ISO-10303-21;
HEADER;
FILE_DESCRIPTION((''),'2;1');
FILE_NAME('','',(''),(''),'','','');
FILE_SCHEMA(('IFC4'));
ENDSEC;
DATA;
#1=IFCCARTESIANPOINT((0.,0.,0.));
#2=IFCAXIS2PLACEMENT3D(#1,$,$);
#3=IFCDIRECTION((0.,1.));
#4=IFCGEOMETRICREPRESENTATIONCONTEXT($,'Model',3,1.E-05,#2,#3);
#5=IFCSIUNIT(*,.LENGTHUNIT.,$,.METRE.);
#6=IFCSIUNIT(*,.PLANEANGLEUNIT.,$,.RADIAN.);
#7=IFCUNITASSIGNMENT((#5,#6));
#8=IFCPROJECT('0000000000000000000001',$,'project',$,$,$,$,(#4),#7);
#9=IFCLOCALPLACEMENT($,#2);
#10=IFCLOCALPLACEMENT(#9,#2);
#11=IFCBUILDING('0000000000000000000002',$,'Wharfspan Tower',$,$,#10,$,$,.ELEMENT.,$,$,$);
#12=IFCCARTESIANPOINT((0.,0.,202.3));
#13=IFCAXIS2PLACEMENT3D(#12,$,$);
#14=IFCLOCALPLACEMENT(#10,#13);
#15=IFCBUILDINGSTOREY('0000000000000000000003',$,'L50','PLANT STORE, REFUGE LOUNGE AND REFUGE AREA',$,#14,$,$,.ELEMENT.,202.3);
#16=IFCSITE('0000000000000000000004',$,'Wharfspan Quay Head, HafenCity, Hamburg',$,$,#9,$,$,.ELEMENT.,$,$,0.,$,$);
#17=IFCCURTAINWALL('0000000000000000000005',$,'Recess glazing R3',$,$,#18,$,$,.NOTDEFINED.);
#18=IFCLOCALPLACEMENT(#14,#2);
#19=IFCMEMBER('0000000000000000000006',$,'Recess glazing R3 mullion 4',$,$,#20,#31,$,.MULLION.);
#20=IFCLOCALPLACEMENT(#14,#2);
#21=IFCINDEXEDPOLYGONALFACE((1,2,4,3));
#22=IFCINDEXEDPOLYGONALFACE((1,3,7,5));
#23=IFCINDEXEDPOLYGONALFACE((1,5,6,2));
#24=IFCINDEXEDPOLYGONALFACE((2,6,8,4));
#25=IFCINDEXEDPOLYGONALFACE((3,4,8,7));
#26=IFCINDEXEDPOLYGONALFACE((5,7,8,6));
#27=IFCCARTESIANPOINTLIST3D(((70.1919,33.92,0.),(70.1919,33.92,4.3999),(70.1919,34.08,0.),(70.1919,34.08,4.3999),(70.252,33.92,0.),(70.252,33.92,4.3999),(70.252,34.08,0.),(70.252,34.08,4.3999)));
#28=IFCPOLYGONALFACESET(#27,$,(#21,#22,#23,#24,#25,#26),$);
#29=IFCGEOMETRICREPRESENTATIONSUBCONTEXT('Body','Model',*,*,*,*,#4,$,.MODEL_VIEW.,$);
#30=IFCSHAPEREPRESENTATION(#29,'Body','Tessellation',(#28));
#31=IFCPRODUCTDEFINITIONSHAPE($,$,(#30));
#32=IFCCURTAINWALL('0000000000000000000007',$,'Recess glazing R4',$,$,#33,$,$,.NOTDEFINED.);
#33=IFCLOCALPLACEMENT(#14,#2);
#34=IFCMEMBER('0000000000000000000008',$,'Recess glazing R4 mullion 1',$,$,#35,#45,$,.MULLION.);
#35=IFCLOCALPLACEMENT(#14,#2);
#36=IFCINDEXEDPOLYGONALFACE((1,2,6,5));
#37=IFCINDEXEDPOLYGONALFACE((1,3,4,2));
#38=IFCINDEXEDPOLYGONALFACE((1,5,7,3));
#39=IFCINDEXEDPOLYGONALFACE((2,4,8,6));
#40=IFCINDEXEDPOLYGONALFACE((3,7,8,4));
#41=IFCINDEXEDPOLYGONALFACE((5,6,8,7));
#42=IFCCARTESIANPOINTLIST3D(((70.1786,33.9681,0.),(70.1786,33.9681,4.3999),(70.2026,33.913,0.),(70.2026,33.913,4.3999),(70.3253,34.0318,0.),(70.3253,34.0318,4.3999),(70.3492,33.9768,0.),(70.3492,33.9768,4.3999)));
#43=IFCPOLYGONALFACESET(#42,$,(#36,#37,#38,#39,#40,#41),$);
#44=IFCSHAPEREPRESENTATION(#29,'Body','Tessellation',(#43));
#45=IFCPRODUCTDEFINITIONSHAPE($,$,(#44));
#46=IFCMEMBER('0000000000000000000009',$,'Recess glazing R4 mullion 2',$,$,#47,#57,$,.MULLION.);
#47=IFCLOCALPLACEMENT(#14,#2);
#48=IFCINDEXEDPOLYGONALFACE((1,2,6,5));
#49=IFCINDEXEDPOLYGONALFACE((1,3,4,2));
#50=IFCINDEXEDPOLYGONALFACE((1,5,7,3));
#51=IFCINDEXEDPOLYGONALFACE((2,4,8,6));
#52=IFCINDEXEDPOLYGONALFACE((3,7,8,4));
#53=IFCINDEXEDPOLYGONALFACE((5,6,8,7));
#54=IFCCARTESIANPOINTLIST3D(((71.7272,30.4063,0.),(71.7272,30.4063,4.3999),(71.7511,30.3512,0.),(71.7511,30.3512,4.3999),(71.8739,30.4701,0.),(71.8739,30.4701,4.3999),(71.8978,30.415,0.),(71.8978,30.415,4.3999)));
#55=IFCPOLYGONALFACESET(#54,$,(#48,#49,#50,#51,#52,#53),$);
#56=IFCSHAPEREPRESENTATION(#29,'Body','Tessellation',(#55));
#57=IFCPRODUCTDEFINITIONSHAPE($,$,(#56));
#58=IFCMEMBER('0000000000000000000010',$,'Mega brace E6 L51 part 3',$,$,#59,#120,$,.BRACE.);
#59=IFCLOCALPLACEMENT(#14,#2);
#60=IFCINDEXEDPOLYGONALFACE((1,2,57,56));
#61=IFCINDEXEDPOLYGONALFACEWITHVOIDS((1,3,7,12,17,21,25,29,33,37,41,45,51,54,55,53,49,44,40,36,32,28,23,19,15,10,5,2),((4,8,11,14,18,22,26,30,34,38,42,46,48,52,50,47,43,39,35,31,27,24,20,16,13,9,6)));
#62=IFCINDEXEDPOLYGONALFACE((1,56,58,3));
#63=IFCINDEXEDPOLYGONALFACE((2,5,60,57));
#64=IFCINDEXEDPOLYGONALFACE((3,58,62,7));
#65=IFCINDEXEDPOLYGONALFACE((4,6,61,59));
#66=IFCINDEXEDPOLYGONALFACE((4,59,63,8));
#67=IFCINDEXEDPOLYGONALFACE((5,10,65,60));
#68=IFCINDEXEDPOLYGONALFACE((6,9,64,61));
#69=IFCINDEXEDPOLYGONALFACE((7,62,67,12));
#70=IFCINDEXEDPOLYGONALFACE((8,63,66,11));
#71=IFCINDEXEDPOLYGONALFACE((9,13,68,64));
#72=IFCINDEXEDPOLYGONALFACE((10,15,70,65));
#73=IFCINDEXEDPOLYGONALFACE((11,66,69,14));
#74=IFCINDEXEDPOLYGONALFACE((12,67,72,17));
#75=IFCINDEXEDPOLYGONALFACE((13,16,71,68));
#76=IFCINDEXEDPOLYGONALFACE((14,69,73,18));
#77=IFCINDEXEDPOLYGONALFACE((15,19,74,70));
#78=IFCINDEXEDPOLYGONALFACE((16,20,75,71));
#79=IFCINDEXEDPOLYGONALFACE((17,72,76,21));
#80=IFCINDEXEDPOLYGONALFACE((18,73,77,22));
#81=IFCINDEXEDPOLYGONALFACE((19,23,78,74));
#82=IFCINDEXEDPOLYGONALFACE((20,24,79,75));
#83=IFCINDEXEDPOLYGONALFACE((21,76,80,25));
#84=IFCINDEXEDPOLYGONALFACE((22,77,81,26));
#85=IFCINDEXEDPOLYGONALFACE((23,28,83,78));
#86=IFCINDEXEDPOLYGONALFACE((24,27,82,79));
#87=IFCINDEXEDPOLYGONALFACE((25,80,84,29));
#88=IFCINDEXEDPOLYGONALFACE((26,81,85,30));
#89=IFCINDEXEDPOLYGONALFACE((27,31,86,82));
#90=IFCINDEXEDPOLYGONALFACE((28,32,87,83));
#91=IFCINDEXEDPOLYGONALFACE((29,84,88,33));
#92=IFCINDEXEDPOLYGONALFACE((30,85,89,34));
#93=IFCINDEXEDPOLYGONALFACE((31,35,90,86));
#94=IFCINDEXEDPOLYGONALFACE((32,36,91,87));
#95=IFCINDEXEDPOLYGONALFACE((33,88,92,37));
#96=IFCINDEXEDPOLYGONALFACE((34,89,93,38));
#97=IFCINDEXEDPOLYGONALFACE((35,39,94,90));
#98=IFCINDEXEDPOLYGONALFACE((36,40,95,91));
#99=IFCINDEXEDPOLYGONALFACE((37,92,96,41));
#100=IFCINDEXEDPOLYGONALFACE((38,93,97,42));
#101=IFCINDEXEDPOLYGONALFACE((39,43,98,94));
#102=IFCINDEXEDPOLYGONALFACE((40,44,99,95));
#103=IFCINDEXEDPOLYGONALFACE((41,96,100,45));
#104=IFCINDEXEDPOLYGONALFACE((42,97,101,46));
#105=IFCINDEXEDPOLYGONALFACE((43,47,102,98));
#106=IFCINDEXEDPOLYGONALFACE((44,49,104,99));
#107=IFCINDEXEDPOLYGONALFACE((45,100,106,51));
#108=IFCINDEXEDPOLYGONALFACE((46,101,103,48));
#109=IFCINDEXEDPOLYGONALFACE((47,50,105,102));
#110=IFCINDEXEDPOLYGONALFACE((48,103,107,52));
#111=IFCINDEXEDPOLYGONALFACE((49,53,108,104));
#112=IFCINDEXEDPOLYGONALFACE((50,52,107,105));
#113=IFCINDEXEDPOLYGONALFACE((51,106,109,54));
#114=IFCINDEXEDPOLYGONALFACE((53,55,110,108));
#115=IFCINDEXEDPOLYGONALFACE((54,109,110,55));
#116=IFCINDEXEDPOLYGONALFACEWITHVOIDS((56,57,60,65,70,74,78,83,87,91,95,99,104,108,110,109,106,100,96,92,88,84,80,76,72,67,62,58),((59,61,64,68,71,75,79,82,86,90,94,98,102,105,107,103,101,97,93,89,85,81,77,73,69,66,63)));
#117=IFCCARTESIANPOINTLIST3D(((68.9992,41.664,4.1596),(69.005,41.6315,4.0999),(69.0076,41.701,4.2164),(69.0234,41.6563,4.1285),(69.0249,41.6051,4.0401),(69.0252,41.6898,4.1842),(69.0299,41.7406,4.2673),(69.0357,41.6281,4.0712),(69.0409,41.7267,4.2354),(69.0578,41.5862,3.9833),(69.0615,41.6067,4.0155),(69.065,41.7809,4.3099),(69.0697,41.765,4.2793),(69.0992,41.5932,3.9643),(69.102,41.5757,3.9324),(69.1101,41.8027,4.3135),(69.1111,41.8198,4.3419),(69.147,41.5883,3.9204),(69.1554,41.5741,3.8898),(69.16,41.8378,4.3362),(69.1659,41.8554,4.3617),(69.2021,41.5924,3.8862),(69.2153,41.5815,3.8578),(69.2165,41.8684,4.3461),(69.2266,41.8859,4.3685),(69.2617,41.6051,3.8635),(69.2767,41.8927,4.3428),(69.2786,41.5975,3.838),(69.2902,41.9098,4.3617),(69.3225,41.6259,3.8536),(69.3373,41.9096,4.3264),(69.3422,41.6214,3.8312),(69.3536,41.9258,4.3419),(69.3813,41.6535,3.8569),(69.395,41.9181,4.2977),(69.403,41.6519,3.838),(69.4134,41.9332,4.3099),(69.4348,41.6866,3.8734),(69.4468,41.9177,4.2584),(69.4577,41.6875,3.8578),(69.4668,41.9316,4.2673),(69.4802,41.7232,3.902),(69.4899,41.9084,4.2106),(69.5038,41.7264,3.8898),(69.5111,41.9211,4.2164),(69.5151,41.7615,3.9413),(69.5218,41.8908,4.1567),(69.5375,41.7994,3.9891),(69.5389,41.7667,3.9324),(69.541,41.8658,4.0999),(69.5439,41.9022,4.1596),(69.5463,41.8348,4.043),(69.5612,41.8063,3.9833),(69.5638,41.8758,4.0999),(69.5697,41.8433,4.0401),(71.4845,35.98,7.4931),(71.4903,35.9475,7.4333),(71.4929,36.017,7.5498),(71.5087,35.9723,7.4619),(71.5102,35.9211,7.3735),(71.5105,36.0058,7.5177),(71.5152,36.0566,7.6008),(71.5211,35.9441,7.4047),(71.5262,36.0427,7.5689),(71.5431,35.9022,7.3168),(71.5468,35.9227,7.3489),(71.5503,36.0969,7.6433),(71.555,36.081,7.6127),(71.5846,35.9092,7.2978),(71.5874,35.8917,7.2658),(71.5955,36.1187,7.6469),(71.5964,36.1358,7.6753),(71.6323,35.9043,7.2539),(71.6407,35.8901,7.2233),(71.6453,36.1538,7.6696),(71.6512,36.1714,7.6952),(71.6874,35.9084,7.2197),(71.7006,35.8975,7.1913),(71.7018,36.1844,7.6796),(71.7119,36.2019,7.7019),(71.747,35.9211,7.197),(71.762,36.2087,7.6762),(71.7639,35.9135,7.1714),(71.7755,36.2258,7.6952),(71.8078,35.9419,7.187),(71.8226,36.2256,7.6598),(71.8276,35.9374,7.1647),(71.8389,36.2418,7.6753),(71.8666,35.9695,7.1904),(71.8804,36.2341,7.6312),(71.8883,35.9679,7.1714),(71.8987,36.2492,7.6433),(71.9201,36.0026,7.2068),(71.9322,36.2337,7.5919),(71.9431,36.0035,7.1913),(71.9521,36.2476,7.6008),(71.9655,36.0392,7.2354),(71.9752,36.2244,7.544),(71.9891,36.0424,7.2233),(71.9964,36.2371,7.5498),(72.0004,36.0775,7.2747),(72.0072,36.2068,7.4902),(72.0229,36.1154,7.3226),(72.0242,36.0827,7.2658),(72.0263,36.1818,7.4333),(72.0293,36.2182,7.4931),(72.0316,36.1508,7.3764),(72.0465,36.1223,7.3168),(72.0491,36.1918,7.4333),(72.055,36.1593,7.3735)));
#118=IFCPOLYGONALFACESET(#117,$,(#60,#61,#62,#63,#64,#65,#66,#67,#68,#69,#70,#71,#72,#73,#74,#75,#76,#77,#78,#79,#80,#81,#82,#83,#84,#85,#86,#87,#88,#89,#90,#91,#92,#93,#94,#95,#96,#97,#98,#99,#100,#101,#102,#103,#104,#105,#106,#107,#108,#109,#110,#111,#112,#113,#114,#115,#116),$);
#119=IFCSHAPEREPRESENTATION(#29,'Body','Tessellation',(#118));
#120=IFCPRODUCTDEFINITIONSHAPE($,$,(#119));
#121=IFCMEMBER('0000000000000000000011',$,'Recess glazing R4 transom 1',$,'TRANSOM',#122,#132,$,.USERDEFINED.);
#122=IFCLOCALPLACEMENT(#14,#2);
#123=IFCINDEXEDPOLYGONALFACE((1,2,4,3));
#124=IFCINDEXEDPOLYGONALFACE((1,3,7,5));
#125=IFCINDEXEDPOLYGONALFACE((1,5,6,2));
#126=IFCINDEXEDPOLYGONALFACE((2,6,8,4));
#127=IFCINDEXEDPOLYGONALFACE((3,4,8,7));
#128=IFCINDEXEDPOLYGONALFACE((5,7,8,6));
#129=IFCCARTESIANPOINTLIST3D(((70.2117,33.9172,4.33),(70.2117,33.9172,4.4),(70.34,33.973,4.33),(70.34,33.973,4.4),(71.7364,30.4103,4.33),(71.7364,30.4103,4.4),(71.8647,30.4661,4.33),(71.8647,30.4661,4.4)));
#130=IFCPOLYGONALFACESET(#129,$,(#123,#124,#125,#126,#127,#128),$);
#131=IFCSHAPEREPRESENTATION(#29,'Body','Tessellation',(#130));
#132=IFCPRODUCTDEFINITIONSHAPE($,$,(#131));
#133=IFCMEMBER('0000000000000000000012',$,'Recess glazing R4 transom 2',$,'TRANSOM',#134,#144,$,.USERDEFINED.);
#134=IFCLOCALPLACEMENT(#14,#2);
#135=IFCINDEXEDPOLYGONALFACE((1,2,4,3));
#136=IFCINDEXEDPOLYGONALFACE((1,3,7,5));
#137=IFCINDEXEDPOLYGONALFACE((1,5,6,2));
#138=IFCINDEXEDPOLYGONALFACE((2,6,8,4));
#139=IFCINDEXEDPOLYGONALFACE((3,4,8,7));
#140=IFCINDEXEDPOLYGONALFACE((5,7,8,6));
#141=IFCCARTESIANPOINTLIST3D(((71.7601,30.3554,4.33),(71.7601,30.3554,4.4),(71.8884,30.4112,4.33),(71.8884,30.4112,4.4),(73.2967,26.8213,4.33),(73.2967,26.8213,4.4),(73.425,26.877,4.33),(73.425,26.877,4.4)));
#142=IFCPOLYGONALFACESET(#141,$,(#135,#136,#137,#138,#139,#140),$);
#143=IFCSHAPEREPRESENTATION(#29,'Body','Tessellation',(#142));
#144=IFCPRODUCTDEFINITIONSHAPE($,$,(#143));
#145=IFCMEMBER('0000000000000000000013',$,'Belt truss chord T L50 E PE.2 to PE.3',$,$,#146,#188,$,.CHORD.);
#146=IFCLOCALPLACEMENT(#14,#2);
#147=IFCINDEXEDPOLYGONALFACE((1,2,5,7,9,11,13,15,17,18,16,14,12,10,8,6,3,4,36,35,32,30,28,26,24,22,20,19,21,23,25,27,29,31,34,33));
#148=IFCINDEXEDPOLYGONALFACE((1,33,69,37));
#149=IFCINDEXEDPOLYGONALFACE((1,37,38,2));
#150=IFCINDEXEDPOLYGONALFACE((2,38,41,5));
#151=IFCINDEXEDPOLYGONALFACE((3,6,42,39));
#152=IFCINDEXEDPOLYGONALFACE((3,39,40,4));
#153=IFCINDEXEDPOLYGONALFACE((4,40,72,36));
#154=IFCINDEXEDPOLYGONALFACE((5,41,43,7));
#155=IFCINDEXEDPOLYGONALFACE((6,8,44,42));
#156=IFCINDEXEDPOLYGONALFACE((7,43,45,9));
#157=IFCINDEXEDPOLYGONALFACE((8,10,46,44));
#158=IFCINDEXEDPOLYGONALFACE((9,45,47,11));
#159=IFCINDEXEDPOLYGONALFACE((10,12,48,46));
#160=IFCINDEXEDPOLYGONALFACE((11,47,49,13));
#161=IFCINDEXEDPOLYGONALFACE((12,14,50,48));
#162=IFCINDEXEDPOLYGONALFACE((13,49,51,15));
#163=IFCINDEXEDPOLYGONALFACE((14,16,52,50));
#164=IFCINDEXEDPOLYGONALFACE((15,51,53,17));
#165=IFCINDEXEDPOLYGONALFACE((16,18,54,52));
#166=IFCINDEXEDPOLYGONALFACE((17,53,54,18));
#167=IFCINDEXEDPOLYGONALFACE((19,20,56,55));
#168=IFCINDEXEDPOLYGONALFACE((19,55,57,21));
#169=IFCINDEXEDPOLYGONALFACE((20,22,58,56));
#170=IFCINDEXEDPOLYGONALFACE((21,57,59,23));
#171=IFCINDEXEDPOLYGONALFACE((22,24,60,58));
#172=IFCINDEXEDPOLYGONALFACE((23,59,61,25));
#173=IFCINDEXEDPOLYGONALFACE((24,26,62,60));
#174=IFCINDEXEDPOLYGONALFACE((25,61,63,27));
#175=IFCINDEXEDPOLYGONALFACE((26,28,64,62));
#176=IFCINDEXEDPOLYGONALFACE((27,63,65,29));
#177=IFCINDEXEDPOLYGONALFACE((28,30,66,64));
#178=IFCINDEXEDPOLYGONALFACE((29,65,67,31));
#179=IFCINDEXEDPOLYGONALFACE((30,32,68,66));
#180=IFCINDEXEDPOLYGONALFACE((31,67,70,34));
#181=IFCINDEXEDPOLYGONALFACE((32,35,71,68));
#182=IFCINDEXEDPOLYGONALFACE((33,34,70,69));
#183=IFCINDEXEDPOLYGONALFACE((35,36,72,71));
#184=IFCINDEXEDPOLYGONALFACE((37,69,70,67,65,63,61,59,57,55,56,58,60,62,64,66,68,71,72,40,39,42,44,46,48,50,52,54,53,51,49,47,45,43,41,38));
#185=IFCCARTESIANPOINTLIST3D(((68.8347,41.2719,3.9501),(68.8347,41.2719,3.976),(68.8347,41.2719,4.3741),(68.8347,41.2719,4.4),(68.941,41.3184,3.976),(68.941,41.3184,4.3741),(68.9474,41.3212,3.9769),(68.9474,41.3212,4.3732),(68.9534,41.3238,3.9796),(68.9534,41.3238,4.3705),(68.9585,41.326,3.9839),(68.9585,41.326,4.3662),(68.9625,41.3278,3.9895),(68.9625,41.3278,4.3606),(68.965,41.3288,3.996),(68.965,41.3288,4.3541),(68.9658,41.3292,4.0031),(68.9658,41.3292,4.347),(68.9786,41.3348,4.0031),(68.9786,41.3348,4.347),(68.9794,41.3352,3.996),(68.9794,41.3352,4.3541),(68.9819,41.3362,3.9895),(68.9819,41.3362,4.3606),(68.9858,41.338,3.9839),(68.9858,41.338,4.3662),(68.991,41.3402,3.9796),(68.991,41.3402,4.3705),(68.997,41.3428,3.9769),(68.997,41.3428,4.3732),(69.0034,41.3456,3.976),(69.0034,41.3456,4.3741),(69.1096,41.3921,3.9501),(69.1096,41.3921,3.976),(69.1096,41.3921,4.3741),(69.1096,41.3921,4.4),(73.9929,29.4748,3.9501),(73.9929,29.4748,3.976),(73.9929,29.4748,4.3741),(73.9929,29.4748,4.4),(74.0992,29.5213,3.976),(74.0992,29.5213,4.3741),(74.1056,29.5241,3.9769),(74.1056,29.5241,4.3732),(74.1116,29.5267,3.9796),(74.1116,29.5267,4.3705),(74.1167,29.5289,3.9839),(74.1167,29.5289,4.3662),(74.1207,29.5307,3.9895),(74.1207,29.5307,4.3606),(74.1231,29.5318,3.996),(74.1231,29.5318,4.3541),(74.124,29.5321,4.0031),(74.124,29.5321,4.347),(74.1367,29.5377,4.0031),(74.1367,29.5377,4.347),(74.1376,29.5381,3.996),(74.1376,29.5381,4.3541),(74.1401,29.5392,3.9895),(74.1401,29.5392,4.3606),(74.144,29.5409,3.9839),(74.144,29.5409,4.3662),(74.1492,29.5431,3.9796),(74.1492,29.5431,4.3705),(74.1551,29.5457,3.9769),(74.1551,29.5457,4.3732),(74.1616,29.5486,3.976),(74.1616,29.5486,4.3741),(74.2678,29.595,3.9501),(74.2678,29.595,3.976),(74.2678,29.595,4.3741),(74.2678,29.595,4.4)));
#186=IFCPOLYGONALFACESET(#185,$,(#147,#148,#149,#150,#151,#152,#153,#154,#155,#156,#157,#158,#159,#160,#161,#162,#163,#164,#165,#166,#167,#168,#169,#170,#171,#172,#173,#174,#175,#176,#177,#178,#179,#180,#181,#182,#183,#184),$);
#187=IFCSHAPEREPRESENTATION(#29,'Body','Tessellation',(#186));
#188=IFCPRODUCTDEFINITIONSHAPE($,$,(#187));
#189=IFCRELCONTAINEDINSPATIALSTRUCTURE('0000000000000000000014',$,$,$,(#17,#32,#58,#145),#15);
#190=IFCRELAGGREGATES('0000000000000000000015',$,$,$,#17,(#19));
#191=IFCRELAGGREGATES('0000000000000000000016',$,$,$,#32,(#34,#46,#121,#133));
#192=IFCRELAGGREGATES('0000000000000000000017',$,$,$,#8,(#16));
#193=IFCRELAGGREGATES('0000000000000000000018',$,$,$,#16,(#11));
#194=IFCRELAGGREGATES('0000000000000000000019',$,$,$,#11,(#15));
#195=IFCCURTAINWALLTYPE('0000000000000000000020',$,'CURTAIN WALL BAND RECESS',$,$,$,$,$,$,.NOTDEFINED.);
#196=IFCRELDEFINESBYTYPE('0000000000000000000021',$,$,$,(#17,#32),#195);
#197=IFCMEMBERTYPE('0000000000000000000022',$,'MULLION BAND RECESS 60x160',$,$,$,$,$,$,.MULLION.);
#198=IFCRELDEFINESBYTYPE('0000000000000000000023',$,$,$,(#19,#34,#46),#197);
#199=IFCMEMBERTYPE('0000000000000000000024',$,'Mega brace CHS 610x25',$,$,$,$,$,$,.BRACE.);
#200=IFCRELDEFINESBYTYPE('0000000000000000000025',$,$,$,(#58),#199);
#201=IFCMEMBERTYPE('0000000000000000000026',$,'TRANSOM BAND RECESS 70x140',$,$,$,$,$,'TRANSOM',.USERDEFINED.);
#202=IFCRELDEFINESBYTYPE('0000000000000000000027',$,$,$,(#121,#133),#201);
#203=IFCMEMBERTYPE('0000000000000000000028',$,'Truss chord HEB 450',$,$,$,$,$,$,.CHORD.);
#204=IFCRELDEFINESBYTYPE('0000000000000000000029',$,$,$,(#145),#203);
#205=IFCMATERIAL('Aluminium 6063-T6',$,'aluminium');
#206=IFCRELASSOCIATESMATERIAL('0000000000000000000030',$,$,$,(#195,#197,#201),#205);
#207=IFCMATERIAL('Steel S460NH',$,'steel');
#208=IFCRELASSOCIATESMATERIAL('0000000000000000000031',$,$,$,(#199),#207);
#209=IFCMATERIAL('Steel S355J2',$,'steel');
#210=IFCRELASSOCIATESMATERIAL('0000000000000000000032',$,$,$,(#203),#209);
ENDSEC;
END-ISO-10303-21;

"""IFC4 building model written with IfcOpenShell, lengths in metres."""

from ifc_helpers import new_model, si_unit, direction, frame, origin, origin_2d, place, context, subcontext, project, spatial, rectangle, hollow_circle, i_section, extrude, material, material_profile, profile_set, type_object, element, aggregate, save


model = new_model("IFC4")

# Units and contexts
model_context = context("Model", 3, precision=1e-05, world=origin(), true_north=direction((0.0, 1.0)))
body_context = subcontext(model_context, "Body", "Model", "MODEL_VIEW")
ifc_project = project(units=[si_unit("LENGTHUNIT", "METRE"), si_unit("PLANEANGLEUNIT", "RADIAN")], contexts=[model_context])

# Site, building, storey
site_placement = place(None, origin())
site = spatial("IfcSite", under=ifc_project, at=site_placement, Name="Wharfspan Quay Head, HafenCity, Hamburg", CompositionType="ELEMENT", RefElevation=0.0)
building_placement = place(site_placement, origin())
building = spatial("IfcBuilding", under=site, at=building_placement, Name="Wharfspan Tower", CompositionType="ELEMENT")
storey_placement = place(building_placement, frame((0.0, 0.0, 202.3)))
storey = spatial("IfcBuildingStorey", under=building, at=storey_placement, Name="L50", Description="PLANT STORE, REFUGE LOUNGE AND REFUGE AREA", CompositionType="ELEMENT", Elevation=202.3)

# Curtain wall, member
ifc_material_1 = material(Name="Aluminium 6063-T6", Category="aluminium")
curtain_wall_type = type_object("IfcCurtainWallType", Name="CURTAIN WALL BAND RECESS", PredefinedType="NOTDEFINED", material=ifc_material_1)
curtain_wall_1_placement = place(storey_placement, origin())
curtain_wall_1 = element("IfcCurtainWall", 1, at=curtain_wall_1_placement, inside=storey, type_object=curtain_wall_type, Name="Recess glazing R3", PredefinedType="NOTDEFINED")
ifc_material_profile_1 = material_profile(ifc_material_1, rectangle(XDim=0.1599, YDim=0.0601, at=origin_2d()))
ifc_profile_set_1 = profile_set([ifc_material_profile_1], Name="Aluminium 6063-T6")
member_type_1 = type_object("IfcMemberType", Name="MULLION BAND RECESS 60x160", PredefinedType="MULLION", material=ifc_profile_set_1)
member_1_placement = place(storey_placement, frame((70.2219, 34.0, 0.0), z_axis=(0.0, 0.0, 1.0), x_axis=(0.0, 1.0, 0.0)))
member_1 = element("IfcMember", 2, at=member_1_placement, type_object=member_type_1, Name="Recess glazing R3 mullion 4", PredefinedType="MULLION", context=body_context, shape_type="SweptSolid", body=[
    extrude(rectangle(XDim=0.1599, YDim=0.0601, at=origin_2d()), origin(), (0.0, 0.0, 1.0), 4.3999),
])
aggregate(curtain_wall_1, [member_1])

# Curtain wall, members
curtain_wall_2_placement = place(storey_placement, origin())
curtain_wall_2 = element("IfcCurtainWall", 3, at=curtain_wall_2_placement, inside=storey, type_object=curtain_wall_type, Name="Recess glazing R4", PredefinedType="NOTDEFINED")
member_2_placement = place(storey_placement, frame((70.2639, 33.9724, 0.0), z_axis=(0.0, 0.0, 1.0), x_axis=(0.917072, 0.398727, 0.0)))
member_2 = element("IfcMember", 4, at=member_2_placement, type_object=member_type_1, Name="Recess glazing R4 mullion 1", PredefinedType="MULLION", context=body_context, shape_type="SweptSolid", body=[
    extrude(rectangle(XDim=0.1599, YDim=0.0601, at=origin_2d()), origin(), (0.0, 0.0, 1.0), 4.3999),
])
member_3_placement = place(storey_placement, frame((71.8125, 30.4106, 0.0), z_axis=(0.0, 0.0, 1.0), x_axis=(0.917072, 0.398727, 0.0)))
member_3 = element("IfcMember", 5, at=member_3_placement, type_object=member_type_1, Name="Recess glazing R4 mullion 2", PredefinedType="MULLION", context=body_context, shape_type="SweptSolid", body=[
    extrude(rectangle(XDim=0.1599, YDim=0.0601, at=origin_2d()), origin(), (0.0, 0.0, 1.0), 4.3999),
])

# Members
ifc_material_2 = material(Name="Steel S460NH", Category="steel")
ifc_material_profile_2 = material_profile(ifc_material_2, hollow_circle(Radius=0.3049, WallThickness=0.0249, at=origin_2d()))
ifc_profile_set_2 = profile_set([ifc_material_profile_2], Name="Steel S460NH")
member_type_2 = type_object("IfcMemberType", Name="Mega brace CHS 610x25", PredefinedType="BRACE", material=ifc_profile_set_2)
member_4_placement = place(storey_placement, frame((69.2844, 41.7537, 4.0999), z_axis=(0.352903, -0.807102, 0.473334), x_axis=(0.916243, 0.400624, -0.000001)))
element("IfcMember", 6, at=member_4_placement, inside=storey, type_object=member_type_2, Name="Mega brace E6 L51 part 3", PredefinedType="BRACE", context=body_context, shape_type="SweptSolid", body=[
    extrude(hollow_circle(Radius=0.3049, WallThickness=0.0249, at=origin_2d()), origin(), (0.0, 0.0, 1.0), 7.0425),
])
ifc_material_profile_3 = material_profile(ifc_material_1, rectangle(XDim=0.1399, YDim=0.0701, at=origin_2d()))
ifc_profile_set_3 = profile_set([ifc_material_profile_3], Name="Aluminium 6063-T6")
member_type_3 = type_object("IfcMemberType", Name="TRANSOM BAND RECESS 70x140", ElementType="TRANSOM", PredefinedType="USERDEFINED", material=ifc_profile_set_3)
member_5_placement = place(storey_placement, frame((70.2759, 33.9451, 4.365), z_axis=(0.398714, -0.917075, 0.0), x_axis=(0.917075, 0.398714, 0.0)))
member_5 = element("IfcMember", 7, at=member_5_placement, type_object=member_type_3, Name="Recess glazing R4 transom 1", ObjectType="TRANSOM", PredefinedType="USERDEFINED", context=body_context, shape_type="SweptSolid", body=[
    extrude(rectangle(XDim=0.1399, YDim=0.0701, at=origin_2d()), origin(), (0.0, 0.0, 1.0), 3.824),
])
member_6_placement = place(storey_placement, frame((71.8242, 30.3833, 4.365), z_axis=(0.398731, -0.917068, 0.0), x_axis=(0.917068, 0.398731, 0.0)))
member_6 = element("IfcMember", 8, at=member_6_placement, type_object=member_type_3, Name="Recess glazing R4 transom 2", ObjectType="TRANSOM", PredefinedType="USERDEFINED", context=body_context, shape_type="SweptSolid", body=[
    extrude(rectangle(XDim=0.1399, YDim=0.0701, at=origin_2d()), origin(), (0.0, 0.0, 1.0), 3.8538),
])

# Member
ifc_material_3 = material(Name="Steel S355J2", Category="steel")
ifc_material_profile_4 = material_profile(ifc_material_3, i_section(OverallWidth=0.3, OverallDepth=0.45, WebThickness=0.0139, FlangeThickness=0.0259, FilletRadius=0.0271, at=origin_2d()))
ifc_profile_set_4 = profile_set([ifc_material_profile_4], Name="Steel S355J2")
member_type_4 = type_object("IfcMemberType", Name="Truss chord HEB 450", PredefinedType="CHORD", material=ifc_profile_set_4)
for number, where, z_axis, x_axis, name in (
    (9, (74.1304, 29.5349, 4.175), (-0.400621, 0.916244, 0.0), (-0.916244, -0.400621, 0.0), "Belt truss chord T L50 E PE.2 to PE.3"),
):
    element("IfcMember", number, at=place(storey_placement, frame(where, z_axis=z_axis, x_axis=x_axis)), inside=storey, type_object=member_type_4, Name=name, PredefinedType="CHORD", context=body_context, shape_type="SweptSolid", body=[
        extrude(i_section(OverallWidth=0.3, OverallDepth=0.45, WebThickness=0.0139, FlangeThickness=0.0259, FilletRadius=0.0271, at=origin_2d()), origin(), (0.0, 0.0, 1.0), 12.8755),
    ])

aggregate(curtain_wall_2, [member_2, member_3, member_5, member_6])

save(model, "model.ifc")
